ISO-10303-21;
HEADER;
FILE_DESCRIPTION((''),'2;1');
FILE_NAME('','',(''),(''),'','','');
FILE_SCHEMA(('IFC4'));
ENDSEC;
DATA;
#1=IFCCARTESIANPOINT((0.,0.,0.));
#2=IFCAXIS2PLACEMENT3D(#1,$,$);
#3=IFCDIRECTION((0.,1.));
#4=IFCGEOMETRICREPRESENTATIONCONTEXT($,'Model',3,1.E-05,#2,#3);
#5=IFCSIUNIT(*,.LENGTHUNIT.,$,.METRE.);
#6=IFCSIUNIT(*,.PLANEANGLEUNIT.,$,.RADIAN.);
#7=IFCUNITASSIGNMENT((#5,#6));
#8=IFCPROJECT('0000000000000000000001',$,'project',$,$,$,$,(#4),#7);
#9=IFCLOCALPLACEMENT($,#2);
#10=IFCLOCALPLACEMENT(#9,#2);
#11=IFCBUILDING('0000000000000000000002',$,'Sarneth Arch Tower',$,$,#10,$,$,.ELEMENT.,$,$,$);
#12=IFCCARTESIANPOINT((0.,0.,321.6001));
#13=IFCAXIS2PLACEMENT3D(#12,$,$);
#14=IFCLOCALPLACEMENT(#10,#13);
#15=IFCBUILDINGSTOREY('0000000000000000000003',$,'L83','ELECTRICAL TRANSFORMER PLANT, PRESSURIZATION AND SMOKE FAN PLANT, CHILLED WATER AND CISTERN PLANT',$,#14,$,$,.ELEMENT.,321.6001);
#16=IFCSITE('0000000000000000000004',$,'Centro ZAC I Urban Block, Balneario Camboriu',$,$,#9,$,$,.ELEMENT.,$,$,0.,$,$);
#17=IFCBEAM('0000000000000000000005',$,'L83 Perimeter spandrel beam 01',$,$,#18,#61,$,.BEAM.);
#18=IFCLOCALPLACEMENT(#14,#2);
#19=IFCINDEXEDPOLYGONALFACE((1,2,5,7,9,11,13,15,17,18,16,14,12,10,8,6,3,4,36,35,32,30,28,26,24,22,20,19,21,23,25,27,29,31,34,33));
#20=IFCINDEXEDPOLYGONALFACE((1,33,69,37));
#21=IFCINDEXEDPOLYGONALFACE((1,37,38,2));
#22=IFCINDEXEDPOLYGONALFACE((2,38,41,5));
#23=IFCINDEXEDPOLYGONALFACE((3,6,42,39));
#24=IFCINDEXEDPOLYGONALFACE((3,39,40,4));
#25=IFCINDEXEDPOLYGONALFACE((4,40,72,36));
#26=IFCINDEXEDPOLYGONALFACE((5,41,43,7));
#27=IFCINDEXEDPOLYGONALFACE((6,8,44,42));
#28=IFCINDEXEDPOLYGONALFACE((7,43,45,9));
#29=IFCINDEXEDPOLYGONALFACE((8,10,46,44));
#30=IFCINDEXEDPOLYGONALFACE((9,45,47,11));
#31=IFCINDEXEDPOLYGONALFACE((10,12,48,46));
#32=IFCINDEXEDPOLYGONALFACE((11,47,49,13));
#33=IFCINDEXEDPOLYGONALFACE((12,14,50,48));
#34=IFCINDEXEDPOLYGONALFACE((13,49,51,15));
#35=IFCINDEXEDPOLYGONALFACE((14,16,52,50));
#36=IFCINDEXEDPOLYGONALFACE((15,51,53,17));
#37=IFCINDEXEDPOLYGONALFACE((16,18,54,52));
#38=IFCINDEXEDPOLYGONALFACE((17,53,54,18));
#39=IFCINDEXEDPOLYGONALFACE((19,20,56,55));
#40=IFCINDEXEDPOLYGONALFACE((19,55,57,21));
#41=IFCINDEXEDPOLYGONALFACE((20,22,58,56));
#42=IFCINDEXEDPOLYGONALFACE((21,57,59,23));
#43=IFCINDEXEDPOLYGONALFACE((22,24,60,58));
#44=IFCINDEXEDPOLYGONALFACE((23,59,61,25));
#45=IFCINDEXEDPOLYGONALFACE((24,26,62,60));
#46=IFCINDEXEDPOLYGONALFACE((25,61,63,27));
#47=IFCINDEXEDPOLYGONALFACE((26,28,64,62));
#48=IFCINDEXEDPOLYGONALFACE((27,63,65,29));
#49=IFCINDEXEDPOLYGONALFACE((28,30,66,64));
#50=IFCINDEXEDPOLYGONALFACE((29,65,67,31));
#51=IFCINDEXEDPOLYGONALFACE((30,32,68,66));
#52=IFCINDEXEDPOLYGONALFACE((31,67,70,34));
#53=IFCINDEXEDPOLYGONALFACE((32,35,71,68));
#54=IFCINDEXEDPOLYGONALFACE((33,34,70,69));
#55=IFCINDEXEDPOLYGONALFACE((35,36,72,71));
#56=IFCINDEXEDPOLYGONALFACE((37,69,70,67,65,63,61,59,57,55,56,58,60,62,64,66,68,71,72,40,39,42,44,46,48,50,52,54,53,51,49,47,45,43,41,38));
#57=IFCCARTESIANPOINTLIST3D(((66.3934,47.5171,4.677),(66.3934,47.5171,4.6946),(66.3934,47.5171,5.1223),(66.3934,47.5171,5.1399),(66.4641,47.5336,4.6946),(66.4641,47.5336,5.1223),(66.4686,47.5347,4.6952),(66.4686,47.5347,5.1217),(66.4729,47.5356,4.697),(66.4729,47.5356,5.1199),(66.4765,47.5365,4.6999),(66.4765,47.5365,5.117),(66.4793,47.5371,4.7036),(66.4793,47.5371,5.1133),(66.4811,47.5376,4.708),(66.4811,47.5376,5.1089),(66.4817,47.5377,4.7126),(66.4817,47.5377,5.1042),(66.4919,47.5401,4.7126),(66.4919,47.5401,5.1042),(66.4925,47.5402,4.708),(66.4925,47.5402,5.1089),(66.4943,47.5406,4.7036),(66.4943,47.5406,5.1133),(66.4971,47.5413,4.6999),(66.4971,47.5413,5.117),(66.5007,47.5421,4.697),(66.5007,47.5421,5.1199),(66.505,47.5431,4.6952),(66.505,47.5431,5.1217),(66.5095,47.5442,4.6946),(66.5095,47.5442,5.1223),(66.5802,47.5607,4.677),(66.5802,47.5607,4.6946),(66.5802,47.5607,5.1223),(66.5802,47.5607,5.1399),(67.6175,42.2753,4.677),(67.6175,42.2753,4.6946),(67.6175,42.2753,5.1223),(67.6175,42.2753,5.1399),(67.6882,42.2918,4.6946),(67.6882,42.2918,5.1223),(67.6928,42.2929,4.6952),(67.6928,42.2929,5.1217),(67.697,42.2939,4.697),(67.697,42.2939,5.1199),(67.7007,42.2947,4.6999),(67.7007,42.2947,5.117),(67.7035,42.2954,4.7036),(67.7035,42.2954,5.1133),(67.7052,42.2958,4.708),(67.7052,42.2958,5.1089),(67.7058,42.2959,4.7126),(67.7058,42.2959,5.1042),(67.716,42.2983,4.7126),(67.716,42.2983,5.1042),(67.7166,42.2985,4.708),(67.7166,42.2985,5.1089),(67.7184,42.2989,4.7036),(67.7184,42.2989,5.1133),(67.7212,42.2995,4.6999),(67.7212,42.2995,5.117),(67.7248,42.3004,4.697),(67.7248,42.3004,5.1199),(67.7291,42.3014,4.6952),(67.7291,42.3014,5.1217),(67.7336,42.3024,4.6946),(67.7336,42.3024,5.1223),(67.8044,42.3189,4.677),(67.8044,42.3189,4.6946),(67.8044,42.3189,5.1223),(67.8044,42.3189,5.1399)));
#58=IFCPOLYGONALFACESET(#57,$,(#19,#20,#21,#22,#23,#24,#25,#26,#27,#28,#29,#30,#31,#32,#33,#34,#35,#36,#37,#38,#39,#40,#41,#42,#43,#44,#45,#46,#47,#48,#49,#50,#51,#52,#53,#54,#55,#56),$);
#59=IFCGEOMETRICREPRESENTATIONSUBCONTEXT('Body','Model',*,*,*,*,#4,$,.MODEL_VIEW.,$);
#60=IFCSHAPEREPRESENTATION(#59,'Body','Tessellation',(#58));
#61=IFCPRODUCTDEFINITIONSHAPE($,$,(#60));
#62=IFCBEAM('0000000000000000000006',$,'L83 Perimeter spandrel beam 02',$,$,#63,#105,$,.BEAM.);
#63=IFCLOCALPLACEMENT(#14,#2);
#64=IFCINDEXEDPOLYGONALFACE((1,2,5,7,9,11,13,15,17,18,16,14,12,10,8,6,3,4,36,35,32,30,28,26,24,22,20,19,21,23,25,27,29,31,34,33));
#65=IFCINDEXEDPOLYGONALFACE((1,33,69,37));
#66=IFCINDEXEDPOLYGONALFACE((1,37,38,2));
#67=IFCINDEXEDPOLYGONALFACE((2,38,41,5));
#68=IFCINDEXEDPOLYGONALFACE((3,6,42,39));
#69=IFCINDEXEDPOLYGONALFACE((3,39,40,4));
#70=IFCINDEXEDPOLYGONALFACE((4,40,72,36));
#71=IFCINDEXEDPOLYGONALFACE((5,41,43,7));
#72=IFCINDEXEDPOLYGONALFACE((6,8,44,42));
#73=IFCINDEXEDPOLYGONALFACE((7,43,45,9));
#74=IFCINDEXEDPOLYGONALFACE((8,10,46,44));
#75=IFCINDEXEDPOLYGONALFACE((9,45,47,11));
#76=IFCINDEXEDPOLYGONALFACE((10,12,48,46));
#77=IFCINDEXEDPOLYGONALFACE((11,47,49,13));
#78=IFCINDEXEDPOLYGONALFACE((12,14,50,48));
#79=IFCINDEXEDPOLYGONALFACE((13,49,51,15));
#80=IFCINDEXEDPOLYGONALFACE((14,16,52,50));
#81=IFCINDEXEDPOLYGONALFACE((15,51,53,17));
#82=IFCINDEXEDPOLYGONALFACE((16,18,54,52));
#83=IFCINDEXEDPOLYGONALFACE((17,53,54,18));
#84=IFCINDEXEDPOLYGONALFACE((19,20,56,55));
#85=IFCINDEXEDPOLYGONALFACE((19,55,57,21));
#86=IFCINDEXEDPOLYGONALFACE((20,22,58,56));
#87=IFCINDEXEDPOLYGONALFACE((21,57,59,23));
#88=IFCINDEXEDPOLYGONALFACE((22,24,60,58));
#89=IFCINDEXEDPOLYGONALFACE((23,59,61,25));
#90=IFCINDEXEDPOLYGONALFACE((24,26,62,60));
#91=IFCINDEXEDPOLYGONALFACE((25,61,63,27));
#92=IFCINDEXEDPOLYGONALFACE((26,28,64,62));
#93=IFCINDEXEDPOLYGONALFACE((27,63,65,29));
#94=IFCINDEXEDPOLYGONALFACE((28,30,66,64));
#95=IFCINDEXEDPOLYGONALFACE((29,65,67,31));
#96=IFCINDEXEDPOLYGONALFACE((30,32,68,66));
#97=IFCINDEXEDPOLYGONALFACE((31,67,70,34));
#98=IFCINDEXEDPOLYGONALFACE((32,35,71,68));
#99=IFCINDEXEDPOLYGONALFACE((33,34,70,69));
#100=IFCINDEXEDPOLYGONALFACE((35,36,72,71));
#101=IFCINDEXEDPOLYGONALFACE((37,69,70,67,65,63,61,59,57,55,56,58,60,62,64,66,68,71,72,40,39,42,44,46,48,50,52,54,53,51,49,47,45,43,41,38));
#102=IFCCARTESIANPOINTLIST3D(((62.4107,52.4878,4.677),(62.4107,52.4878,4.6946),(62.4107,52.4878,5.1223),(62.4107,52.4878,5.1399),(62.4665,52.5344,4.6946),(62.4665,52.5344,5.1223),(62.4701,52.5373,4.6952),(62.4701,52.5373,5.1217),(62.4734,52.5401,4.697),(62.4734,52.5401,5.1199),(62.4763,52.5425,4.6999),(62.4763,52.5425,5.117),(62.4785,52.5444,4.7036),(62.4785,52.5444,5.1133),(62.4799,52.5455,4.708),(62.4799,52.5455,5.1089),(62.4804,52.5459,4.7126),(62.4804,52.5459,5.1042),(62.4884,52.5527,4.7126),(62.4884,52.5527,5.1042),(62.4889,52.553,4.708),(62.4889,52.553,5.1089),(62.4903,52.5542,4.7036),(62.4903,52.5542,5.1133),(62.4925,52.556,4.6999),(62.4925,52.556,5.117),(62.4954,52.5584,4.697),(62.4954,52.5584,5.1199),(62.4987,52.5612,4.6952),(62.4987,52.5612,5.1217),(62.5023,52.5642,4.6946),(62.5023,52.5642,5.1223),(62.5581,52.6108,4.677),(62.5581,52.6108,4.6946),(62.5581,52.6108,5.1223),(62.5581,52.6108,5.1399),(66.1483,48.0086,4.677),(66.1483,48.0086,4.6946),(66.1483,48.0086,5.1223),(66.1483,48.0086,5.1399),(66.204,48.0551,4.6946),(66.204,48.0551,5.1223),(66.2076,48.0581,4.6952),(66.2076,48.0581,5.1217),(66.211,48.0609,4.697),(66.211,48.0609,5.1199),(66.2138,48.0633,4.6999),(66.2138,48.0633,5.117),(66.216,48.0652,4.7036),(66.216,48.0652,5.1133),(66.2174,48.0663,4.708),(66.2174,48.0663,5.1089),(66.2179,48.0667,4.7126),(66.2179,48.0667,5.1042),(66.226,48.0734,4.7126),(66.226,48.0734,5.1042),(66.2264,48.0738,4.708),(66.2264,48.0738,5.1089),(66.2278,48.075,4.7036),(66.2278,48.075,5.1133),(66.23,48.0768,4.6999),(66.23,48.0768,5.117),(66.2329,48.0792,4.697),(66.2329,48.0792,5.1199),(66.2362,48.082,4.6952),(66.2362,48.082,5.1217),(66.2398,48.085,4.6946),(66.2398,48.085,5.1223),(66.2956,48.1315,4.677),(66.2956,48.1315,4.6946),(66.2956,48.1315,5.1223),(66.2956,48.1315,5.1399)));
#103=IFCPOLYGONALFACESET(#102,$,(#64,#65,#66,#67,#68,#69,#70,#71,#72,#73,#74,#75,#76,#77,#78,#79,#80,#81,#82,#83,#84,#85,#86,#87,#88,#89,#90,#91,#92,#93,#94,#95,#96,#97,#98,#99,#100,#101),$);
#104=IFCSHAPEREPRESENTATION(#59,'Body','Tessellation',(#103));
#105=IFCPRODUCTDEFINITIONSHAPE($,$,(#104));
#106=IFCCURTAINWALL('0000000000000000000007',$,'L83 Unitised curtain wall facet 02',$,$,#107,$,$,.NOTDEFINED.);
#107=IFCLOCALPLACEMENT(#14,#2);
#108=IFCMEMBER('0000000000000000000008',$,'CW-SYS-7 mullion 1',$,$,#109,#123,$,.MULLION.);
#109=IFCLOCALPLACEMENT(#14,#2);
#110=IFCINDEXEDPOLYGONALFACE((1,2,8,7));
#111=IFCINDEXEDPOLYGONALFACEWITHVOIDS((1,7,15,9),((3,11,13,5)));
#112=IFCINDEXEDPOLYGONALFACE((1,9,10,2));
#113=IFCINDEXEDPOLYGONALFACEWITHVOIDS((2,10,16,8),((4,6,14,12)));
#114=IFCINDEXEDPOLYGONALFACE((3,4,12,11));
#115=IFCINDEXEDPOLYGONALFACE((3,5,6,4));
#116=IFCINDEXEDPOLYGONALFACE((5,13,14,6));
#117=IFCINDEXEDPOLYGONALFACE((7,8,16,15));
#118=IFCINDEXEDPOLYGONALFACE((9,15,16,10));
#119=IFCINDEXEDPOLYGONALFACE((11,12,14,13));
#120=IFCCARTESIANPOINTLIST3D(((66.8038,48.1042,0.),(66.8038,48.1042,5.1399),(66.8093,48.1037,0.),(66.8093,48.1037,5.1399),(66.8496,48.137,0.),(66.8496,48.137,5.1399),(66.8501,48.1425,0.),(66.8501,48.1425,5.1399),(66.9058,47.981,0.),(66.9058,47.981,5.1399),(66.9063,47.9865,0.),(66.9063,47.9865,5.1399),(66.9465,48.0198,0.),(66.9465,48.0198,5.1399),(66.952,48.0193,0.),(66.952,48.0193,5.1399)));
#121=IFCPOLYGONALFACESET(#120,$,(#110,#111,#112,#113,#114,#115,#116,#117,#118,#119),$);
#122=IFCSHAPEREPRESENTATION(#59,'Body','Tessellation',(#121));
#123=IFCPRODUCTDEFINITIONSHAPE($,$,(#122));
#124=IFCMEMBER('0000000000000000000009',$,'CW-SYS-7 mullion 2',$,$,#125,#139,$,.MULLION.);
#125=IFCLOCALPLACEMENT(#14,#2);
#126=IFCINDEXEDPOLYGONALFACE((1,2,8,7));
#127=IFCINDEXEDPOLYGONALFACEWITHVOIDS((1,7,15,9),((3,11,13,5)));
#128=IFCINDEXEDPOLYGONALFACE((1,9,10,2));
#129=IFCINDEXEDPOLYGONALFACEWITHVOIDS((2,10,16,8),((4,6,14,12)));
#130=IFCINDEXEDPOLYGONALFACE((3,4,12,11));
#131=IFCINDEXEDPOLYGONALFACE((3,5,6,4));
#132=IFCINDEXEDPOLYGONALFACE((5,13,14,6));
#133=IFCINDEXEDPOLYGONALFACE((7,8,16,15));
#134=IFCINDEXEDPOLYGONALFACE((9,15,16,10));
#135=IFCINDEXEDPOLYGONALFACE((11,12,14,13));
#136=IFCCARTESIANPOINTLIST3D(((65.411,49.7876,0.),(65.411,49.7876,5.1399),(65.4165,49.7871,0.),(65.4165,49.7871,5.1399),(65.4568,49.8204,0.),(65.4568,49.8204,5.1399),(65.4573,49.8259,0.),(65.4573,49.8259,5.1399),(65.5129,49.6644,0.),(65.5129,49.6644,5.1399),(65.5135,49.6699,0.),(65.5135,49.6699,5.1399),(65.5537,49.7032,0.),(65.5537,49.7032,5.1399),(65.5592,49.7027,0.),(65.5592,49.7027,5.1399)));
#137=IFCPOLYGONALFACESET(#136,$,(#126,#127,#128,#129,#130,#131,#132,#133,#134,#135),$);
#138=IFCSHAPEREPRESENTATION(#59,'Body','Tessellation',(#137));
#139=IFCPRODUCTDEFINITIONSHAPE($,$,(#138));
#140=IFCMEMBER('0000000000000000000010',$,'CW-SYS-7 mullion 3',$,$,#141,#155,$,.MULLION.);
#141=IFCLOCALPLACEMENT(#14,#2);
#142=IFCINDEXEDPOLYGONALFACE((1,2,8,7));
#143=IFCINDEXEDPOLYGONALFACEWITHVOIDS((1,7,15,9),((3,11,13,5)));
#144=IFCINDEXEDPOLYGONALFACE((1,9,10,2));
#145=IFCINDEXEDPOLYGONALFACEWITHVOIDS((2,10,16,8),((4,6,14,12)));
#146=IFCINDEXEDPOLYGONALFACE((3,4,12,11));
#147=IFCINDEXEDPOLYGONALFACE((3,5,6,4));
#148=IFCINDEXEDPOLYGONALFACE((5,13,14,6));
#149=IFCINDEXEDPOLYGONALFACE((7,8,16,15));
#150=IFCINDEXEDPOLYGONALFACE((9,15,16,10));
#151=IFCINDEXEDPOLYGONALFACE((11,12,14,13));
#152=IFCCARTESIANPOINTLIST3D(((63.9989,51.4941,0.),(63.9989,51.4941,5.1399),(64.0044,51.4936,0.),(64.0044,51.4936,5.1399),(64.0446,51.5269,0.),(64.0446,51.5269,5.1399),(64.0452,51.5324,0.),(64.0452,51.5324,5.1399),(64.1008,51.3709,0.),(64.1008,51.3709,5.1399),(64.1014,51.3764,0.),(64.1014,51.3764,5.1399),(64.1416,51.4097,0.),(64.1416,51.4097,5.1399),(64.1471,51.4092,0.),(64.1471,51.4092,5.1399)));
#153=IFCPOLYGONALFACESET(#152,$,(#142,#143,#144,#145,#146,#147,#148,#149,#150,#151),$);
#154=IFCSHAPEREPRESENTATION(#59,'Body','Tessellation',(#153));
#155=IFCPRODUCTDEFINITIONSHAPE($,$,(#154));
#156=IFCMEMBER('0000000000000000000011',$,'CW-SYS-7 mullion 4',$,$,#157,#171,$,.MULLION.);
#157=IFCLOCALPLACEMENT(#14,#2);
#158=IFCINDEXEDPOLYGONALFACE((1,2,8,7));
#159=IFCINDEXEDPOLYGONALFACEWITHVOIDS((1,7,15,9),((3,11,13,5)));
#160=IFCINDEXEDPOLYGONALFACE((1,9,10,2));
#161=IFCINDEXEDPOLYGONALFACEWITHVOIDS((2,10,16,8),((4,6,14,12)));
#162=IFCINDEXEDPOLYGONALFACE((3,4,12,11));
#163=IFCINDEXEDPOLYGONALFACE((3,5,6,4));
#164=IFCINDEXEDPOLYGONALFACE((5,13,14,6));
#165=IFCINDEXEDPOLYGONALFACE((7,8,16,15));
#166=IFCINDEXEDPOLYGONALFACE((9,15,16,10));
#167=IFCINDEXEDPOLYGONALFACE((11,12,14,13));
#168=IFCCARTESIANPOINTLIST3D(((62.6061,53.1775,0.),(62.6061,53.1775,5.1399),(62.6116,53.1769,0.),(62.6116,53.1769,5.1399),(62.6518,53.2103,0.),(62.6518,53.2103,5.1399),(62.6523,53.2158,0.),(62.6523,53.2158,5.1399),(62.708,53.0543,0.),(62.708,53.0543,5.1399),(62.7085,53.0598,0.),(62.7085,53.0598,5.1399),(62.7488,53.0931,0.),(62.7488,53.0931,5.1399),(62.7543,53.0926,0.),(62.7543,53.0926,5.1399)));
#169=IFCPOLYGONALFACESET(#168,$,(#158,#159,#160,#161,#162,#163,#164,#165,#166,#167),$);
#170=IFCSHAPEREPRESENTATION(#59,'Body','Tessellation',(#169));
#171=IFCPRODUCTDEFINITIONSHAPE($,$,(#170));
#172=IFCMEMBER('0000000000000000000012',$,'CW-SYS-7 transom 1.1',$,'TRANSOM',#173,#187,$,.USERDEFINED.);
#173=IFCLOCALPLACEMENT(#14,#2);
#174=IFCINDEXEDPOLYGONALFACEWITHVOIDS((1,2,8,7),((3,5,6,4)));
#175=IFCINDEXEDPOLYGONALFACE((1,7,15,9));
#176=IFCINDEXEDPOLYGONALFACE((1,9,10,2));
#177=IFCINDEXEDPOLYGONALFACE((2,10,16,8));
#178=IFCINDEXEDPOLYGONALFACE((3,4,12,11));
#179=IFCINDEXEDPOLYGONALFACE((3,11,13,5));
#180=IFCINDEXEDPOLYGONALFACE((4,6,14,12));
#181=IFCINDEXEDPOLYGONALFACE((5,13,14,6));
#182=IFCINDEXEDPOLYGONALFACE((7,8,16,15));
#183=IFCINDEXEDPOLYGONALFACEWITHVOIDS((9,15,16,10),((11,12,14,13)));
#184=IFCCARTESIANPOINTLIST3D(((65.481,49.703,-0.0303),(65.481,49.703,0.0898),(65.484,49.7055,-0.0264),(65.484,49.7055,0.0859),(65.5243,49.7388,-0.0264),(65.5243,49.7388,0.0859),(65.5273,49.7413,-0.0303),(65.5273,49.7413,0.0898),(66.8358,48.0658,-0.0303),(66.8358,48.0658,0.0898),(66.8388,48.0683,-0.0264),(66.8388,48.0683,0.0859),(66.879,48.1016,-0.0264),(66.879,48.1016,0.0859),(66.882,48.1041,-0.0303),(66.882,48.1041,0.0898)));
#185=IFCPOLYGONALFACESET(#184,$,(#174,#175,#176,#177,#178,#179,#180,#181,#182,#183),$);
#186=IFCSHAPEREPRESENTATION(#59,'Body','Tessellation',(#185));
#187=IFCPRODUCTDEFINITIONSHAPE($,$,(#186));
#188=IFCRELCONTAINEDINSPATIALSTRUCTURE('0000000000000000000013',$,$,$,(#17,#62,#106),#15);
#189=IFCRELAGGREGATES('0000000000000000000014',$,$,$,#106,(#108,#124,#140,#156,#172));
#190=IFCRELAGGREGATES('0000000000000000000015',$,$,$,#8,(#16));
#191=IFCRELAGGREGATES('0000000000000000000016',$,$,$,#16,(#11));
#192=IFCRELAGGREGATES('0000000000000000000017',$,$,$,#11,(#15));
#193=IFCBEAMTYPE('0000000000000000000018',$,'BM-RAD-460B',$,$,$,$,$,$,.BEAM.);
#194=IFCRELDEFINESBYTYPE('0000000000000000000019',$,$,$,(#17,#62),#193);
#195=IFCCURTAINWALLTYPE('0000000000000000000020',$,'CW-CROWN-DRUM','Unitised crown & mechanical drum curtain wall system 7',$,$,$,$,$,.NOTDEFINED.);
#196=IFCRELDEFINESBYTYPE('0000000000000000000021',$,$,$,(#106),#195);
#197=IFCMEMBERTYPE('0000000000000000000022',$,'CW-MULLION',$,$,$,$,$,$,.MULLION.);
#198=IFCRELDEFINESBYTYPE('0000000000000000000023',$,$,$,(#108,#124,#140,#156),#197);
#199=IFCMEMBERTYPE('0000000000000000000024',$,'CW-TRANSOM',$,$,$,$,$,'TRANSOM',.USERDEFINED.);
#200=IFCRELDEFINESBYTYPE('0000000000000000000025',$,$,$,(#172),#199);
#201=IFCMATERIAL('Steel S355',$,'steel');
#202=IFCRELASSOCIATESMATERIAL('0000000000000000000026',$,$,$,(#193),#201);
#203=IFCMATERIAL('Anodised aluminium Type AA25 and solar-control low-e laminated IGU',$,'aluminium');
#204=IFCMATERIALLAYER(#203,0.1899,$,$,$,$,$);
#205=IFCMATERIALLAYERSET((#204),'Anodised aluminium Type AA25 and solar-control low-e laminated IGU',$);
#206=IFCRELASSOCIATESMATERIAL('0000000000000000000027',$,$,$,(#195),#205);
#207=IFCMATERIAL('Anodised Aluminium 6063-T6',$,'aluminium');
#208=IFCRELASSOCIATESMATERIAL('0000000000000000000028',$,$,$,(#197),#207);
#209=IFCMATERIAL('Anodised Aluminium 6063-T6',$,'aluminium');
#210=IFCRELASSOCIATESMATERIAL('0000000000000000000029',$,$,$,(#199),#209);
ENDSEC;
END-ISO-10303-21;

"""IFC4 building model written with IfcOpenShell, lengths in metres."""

from ifc_helpers import new_model, si_unit, direction, frame, origin, origin_2d, place, context, subcontext, project, spatial, hollow_rectangle, i_section, extrude, material, layer, layer_set, material_profile, profile_set, type_object, element, aggregate, save


model = new_model("IFC4")

# Units and contexts
model_context = context("Model", 3, precision=1e-05, world=origin(), true_north=direction((0.0, 1.0)))
body_context = subcontext(model_context, "Body", "Model", "MODEL_VIEW")
ifc_project = project(units=[si_unit("LENGTHUNIT", "METRE"), si_unit("PLANEANGLEUNIT", "RADIAN")], contexts=[model_context])

# Site, building, storey
site_placement = place(None, origin())
site = spatial("IfcSite", under=ifc_project, at=site_placement, Name="Centro ZAC I Urban Block, Balneario Camboriu", CompositionType="ELEMENT", RefElevation=0.0)
building_placement = place(site_placement, origin())
building = spatial("IfcBuilding", under=site, at=building_placement, Name="Sarneth Arch Tower", CompositionType="ELEMENT")
storey_placement = place(building_placement, frame((0.0, 0.0, 321.6001)))
storey = spatial("IfcBuildingStorey", under=building, at=storey_placement, Name="L83", Description="ELECTRICAL TRANSFORMER PLANT, PRESSURIZATION AND SMOKE FAN PLANT, CHILLED WATER AND CISTERN PLANT", CompositionType="ELEMENT", Elevation=321.6001)

# Beams
ifc_material_1 = material(Name="Steel S355", Category="steel")
ifc_material_profile_1 = material_profile(ifc_material_1, i_section(OverallWidth=0.1919, OverallDepth=0.4629, WebThickness=0.0105, FlangeThickness=0.0176, FilletRadius=0.0181, at=origin_2d()), Name="W460x89")
ifc_profile_set_1 = profile_set([ifc_material_profile_1], Name="Steel S355")
beam_type_1 = type_object("IfcBeamType", Name="BM-RAD-460B", PredefinedType="BEAM", material=ifc_profile_set_1)
beam_1_placement = place(storey_placement, frame((67.7109, 42.2971, 4.9084), z_axis=(-0.227416, 0.973798, 0.0), x_axis=(-0.973798, -0.227416, 0.0)))
element("IfcBeam", 1, at=beam_1_placement, inside=storey, type_object=beam_type_1, Name="L83 Perimeter spandrel beam 01", PredefinedType="BEAM", context=body_context, shape_type="SweptSolid", body=[
    extrude(i_section(OverallWidth=0.1919, OverallDepth=0.4629, WebThickness=0.0105, FlangeThickness=0.0176, FilletRadius=0.0181, at=origin_2d()), origin(), (0.0, 0.0, 1.0), 5.3828),
])
beam_2_placement = place(storey_placement, frame((66.2219, 48.0701, 4.9084), z_axis=(-0.640674, 0.767813, 0.0), x_axis=(-0.767813, -0.640674, 0.0)))
element("IfcBeam", 2, at=beam_2_placement, inside=storey, type_object=beam_type_1, Name="L83 Perimeter spandrel beam 02", PredefinedType="BEAM", context=body_context, shape_type="SweptSolid", body=[
    extrude(i_section(OverallWidth=0.1919, OverallDepth=0.4629, WebThickness=0.0105, FlangeThickness=0.0176, FilletRadius=0.0181, at=origin_2d()), origin(), (0.0, 0.0, 1.0), 5.8337),
])

# Curtain wall, members
ifc_material_2 = material(Name="Anodised aluminium Type AA25 and solar-control low-e laminated IGU", Category="aluminium")
ifc_layer_1 = layer(ifc_material_2, 0.1899)
ifc_layer_set_1 = layer_set([ifc_layer_1], Name="Anodised aluminium Type AA25 and solar-control low-e laminated IGU")
curtain_wall_type = type_object("IfcCurtainWallType", Name="CW-CROWN-DRUM", Description="Unitised crown & mechanical drum curtain wall system 7", PredefinedType="NOTDEFINED", material=ifc_layer_set_1)
curtain_wall_placement = place(storey_placement, origin())
curtain_wall = element("IfcCurtainWall", 3, at=curtain_wall_placement, inside=storey, type_object=curtain_wall_type, Name="L83 Unitised curtain wall facet 02", PredefinedType="NOTDEFINED")
ifc_material_3 = material(Name="Anodised Aluminium 6063-T6", Category="aluminium")
ifc_material_profile_2 = material_profile(ifc_material_3, hollow_rectangle(XDim=0.0601, YDim=0.1599, WallThickness=0.0039, at=origin_2d()), Name="AL-MULL-160x60x4")
ifc_profile_set_2 = profile_set([ifc_material_profile_2], Name="Anodised Aluminium 6063-T6")
member_type_1 = type_object("IfcMemberType", Name="CW-MULLION", PredefinedType="MULLION", material=ifc_profile_set_2)
member_1_placement = place(storey_placement, frame((66.8779, 48.0618, 0.0), z_axis=(0.0, 0.0, 1.0), x_axis=(-0.770446, -0.637505, 0.0)))
member_1 = element("IfcMember", 4, at=member_1_placement, type_object=member_type_1, Name="CW-SYS-7 mullion 1", PredefinedType="MULLION", context=body_context, shape_type="SweptSolid", body=[
    extrude(hollow_rectangle(XDim=0.0601, YDim=0.1599, WallThickness=0.0039, at=origin_2d()), origin(), (0.0, 0.0, 1.0), 5.1399),
])
member_2_placement = place(storey_placement, frame((65.4851, 49.7451, 0.0), z_axis=(0.0, 0.0, 1.0), x_axis=(-0.770446, -0.637505, 0.0)))
member_2 = element("IfcMember", 5, at=member_2_placement, type_object=member_type_1, Name="CW-SYS-7 mullion 2", PredefinedType="MULLION", context=body_context, shape_type="SweptSolid", body=[
    extrude(hollow_rectangle(XDim=0.0601, YDim=0.1599, WallThickness=0.0039, at=origin_2d()), origin(), (0.0, 0.0, 1.0), 5.1399),
])
member_3_placement = place(storey_placement, frame((64.073, 51.4517, 0.0), z_axis=(0.0, 0.0, 1.0), x_axis=(-0.770446, -0.637505, 0.0)))
member_3 = element("IfcMember", 6, at=member_3_placement, type_object=member_type_1, Name="CW-SYS-7 mullion 3", PredefinedType="MULLION", context=body_context, shape_type="SweptSolid", body=[
    extrude(hollow_rectangle(XDim=0.0601, YDim=0.1599, WallThickness=0.0039, at=origin_2d()), origin(), (0.0, 0.0, 1.0), 5.1399),
])
member_4_placement = place(storey_placement, frame((62.6802, 53.135, 0.0), z_axis=(0.0, 0.0, 1.0), x_axis=(-0.770446, -0.637505, 0.0)))
member_4 = element("IfcMember", 7, at=member_4_placement, type_object=member_type_1, Name="CW-SYS-7 mullion 4", PredefinedType="MULLION", context=body_context, shape_type="SweptSolid", body=[
    extrude(hollow_rectangle(XDim=0.0601, YDim=0.1599, WallThickness=0.0039, at=origin_2d()), origin(), (0.0, 0.0, 1.0), 5.1399),
])
ifc_material_4 = material(Name="Anodised Aluminium 6063-T6", Category="aluminium")
ifc_material_profile_3 = material_profile(ifc_material_4, hollow_rectangle(XDim=0.0601, YDim=0.1201, WallThickness=0.0039, at=origin_2d()), Name="AL-TRAN-120x60x4")
ifc_profile_set_3 = profile_set([ifc_material_profile_3], Name="Anodised Aluminium 6063-T6")
member_type_2 = type_object("IfcMemberType", Name="CW-TRANSOM", ElementType="TRANSOM", PredefinedType="USERDEFINED", material=ifc_profile_set_3)
member_5_placement = place(storey_placement, frame((66.8589, 48.085, 0.0298), z_axis=(-0.637514, 0.770439, 0.0), x_axis=(-0.770439, -0.637514, 0.0)))
member_5 = element("IfcMember", 8, at=member_5_placement, type_object=member_type_2, Name="CW-SYS-7 transom 1.1", ObjectType="TRANSOM", PredefinedType="USERDEFINED", context=body_context, shape_type="SweptSolid", body=[
    extrude(hollow_rectangle(XDim=0.0601, YDim=0.1201, WallThickness=0.0039, at=origin_2d()), origin(), (0.0, 0.0, 1.0), 2.125),
])

aggregate(curtain_wall, [member_1, member_2, member_3, member_4, member_5])

save(model, "model.ifc")
